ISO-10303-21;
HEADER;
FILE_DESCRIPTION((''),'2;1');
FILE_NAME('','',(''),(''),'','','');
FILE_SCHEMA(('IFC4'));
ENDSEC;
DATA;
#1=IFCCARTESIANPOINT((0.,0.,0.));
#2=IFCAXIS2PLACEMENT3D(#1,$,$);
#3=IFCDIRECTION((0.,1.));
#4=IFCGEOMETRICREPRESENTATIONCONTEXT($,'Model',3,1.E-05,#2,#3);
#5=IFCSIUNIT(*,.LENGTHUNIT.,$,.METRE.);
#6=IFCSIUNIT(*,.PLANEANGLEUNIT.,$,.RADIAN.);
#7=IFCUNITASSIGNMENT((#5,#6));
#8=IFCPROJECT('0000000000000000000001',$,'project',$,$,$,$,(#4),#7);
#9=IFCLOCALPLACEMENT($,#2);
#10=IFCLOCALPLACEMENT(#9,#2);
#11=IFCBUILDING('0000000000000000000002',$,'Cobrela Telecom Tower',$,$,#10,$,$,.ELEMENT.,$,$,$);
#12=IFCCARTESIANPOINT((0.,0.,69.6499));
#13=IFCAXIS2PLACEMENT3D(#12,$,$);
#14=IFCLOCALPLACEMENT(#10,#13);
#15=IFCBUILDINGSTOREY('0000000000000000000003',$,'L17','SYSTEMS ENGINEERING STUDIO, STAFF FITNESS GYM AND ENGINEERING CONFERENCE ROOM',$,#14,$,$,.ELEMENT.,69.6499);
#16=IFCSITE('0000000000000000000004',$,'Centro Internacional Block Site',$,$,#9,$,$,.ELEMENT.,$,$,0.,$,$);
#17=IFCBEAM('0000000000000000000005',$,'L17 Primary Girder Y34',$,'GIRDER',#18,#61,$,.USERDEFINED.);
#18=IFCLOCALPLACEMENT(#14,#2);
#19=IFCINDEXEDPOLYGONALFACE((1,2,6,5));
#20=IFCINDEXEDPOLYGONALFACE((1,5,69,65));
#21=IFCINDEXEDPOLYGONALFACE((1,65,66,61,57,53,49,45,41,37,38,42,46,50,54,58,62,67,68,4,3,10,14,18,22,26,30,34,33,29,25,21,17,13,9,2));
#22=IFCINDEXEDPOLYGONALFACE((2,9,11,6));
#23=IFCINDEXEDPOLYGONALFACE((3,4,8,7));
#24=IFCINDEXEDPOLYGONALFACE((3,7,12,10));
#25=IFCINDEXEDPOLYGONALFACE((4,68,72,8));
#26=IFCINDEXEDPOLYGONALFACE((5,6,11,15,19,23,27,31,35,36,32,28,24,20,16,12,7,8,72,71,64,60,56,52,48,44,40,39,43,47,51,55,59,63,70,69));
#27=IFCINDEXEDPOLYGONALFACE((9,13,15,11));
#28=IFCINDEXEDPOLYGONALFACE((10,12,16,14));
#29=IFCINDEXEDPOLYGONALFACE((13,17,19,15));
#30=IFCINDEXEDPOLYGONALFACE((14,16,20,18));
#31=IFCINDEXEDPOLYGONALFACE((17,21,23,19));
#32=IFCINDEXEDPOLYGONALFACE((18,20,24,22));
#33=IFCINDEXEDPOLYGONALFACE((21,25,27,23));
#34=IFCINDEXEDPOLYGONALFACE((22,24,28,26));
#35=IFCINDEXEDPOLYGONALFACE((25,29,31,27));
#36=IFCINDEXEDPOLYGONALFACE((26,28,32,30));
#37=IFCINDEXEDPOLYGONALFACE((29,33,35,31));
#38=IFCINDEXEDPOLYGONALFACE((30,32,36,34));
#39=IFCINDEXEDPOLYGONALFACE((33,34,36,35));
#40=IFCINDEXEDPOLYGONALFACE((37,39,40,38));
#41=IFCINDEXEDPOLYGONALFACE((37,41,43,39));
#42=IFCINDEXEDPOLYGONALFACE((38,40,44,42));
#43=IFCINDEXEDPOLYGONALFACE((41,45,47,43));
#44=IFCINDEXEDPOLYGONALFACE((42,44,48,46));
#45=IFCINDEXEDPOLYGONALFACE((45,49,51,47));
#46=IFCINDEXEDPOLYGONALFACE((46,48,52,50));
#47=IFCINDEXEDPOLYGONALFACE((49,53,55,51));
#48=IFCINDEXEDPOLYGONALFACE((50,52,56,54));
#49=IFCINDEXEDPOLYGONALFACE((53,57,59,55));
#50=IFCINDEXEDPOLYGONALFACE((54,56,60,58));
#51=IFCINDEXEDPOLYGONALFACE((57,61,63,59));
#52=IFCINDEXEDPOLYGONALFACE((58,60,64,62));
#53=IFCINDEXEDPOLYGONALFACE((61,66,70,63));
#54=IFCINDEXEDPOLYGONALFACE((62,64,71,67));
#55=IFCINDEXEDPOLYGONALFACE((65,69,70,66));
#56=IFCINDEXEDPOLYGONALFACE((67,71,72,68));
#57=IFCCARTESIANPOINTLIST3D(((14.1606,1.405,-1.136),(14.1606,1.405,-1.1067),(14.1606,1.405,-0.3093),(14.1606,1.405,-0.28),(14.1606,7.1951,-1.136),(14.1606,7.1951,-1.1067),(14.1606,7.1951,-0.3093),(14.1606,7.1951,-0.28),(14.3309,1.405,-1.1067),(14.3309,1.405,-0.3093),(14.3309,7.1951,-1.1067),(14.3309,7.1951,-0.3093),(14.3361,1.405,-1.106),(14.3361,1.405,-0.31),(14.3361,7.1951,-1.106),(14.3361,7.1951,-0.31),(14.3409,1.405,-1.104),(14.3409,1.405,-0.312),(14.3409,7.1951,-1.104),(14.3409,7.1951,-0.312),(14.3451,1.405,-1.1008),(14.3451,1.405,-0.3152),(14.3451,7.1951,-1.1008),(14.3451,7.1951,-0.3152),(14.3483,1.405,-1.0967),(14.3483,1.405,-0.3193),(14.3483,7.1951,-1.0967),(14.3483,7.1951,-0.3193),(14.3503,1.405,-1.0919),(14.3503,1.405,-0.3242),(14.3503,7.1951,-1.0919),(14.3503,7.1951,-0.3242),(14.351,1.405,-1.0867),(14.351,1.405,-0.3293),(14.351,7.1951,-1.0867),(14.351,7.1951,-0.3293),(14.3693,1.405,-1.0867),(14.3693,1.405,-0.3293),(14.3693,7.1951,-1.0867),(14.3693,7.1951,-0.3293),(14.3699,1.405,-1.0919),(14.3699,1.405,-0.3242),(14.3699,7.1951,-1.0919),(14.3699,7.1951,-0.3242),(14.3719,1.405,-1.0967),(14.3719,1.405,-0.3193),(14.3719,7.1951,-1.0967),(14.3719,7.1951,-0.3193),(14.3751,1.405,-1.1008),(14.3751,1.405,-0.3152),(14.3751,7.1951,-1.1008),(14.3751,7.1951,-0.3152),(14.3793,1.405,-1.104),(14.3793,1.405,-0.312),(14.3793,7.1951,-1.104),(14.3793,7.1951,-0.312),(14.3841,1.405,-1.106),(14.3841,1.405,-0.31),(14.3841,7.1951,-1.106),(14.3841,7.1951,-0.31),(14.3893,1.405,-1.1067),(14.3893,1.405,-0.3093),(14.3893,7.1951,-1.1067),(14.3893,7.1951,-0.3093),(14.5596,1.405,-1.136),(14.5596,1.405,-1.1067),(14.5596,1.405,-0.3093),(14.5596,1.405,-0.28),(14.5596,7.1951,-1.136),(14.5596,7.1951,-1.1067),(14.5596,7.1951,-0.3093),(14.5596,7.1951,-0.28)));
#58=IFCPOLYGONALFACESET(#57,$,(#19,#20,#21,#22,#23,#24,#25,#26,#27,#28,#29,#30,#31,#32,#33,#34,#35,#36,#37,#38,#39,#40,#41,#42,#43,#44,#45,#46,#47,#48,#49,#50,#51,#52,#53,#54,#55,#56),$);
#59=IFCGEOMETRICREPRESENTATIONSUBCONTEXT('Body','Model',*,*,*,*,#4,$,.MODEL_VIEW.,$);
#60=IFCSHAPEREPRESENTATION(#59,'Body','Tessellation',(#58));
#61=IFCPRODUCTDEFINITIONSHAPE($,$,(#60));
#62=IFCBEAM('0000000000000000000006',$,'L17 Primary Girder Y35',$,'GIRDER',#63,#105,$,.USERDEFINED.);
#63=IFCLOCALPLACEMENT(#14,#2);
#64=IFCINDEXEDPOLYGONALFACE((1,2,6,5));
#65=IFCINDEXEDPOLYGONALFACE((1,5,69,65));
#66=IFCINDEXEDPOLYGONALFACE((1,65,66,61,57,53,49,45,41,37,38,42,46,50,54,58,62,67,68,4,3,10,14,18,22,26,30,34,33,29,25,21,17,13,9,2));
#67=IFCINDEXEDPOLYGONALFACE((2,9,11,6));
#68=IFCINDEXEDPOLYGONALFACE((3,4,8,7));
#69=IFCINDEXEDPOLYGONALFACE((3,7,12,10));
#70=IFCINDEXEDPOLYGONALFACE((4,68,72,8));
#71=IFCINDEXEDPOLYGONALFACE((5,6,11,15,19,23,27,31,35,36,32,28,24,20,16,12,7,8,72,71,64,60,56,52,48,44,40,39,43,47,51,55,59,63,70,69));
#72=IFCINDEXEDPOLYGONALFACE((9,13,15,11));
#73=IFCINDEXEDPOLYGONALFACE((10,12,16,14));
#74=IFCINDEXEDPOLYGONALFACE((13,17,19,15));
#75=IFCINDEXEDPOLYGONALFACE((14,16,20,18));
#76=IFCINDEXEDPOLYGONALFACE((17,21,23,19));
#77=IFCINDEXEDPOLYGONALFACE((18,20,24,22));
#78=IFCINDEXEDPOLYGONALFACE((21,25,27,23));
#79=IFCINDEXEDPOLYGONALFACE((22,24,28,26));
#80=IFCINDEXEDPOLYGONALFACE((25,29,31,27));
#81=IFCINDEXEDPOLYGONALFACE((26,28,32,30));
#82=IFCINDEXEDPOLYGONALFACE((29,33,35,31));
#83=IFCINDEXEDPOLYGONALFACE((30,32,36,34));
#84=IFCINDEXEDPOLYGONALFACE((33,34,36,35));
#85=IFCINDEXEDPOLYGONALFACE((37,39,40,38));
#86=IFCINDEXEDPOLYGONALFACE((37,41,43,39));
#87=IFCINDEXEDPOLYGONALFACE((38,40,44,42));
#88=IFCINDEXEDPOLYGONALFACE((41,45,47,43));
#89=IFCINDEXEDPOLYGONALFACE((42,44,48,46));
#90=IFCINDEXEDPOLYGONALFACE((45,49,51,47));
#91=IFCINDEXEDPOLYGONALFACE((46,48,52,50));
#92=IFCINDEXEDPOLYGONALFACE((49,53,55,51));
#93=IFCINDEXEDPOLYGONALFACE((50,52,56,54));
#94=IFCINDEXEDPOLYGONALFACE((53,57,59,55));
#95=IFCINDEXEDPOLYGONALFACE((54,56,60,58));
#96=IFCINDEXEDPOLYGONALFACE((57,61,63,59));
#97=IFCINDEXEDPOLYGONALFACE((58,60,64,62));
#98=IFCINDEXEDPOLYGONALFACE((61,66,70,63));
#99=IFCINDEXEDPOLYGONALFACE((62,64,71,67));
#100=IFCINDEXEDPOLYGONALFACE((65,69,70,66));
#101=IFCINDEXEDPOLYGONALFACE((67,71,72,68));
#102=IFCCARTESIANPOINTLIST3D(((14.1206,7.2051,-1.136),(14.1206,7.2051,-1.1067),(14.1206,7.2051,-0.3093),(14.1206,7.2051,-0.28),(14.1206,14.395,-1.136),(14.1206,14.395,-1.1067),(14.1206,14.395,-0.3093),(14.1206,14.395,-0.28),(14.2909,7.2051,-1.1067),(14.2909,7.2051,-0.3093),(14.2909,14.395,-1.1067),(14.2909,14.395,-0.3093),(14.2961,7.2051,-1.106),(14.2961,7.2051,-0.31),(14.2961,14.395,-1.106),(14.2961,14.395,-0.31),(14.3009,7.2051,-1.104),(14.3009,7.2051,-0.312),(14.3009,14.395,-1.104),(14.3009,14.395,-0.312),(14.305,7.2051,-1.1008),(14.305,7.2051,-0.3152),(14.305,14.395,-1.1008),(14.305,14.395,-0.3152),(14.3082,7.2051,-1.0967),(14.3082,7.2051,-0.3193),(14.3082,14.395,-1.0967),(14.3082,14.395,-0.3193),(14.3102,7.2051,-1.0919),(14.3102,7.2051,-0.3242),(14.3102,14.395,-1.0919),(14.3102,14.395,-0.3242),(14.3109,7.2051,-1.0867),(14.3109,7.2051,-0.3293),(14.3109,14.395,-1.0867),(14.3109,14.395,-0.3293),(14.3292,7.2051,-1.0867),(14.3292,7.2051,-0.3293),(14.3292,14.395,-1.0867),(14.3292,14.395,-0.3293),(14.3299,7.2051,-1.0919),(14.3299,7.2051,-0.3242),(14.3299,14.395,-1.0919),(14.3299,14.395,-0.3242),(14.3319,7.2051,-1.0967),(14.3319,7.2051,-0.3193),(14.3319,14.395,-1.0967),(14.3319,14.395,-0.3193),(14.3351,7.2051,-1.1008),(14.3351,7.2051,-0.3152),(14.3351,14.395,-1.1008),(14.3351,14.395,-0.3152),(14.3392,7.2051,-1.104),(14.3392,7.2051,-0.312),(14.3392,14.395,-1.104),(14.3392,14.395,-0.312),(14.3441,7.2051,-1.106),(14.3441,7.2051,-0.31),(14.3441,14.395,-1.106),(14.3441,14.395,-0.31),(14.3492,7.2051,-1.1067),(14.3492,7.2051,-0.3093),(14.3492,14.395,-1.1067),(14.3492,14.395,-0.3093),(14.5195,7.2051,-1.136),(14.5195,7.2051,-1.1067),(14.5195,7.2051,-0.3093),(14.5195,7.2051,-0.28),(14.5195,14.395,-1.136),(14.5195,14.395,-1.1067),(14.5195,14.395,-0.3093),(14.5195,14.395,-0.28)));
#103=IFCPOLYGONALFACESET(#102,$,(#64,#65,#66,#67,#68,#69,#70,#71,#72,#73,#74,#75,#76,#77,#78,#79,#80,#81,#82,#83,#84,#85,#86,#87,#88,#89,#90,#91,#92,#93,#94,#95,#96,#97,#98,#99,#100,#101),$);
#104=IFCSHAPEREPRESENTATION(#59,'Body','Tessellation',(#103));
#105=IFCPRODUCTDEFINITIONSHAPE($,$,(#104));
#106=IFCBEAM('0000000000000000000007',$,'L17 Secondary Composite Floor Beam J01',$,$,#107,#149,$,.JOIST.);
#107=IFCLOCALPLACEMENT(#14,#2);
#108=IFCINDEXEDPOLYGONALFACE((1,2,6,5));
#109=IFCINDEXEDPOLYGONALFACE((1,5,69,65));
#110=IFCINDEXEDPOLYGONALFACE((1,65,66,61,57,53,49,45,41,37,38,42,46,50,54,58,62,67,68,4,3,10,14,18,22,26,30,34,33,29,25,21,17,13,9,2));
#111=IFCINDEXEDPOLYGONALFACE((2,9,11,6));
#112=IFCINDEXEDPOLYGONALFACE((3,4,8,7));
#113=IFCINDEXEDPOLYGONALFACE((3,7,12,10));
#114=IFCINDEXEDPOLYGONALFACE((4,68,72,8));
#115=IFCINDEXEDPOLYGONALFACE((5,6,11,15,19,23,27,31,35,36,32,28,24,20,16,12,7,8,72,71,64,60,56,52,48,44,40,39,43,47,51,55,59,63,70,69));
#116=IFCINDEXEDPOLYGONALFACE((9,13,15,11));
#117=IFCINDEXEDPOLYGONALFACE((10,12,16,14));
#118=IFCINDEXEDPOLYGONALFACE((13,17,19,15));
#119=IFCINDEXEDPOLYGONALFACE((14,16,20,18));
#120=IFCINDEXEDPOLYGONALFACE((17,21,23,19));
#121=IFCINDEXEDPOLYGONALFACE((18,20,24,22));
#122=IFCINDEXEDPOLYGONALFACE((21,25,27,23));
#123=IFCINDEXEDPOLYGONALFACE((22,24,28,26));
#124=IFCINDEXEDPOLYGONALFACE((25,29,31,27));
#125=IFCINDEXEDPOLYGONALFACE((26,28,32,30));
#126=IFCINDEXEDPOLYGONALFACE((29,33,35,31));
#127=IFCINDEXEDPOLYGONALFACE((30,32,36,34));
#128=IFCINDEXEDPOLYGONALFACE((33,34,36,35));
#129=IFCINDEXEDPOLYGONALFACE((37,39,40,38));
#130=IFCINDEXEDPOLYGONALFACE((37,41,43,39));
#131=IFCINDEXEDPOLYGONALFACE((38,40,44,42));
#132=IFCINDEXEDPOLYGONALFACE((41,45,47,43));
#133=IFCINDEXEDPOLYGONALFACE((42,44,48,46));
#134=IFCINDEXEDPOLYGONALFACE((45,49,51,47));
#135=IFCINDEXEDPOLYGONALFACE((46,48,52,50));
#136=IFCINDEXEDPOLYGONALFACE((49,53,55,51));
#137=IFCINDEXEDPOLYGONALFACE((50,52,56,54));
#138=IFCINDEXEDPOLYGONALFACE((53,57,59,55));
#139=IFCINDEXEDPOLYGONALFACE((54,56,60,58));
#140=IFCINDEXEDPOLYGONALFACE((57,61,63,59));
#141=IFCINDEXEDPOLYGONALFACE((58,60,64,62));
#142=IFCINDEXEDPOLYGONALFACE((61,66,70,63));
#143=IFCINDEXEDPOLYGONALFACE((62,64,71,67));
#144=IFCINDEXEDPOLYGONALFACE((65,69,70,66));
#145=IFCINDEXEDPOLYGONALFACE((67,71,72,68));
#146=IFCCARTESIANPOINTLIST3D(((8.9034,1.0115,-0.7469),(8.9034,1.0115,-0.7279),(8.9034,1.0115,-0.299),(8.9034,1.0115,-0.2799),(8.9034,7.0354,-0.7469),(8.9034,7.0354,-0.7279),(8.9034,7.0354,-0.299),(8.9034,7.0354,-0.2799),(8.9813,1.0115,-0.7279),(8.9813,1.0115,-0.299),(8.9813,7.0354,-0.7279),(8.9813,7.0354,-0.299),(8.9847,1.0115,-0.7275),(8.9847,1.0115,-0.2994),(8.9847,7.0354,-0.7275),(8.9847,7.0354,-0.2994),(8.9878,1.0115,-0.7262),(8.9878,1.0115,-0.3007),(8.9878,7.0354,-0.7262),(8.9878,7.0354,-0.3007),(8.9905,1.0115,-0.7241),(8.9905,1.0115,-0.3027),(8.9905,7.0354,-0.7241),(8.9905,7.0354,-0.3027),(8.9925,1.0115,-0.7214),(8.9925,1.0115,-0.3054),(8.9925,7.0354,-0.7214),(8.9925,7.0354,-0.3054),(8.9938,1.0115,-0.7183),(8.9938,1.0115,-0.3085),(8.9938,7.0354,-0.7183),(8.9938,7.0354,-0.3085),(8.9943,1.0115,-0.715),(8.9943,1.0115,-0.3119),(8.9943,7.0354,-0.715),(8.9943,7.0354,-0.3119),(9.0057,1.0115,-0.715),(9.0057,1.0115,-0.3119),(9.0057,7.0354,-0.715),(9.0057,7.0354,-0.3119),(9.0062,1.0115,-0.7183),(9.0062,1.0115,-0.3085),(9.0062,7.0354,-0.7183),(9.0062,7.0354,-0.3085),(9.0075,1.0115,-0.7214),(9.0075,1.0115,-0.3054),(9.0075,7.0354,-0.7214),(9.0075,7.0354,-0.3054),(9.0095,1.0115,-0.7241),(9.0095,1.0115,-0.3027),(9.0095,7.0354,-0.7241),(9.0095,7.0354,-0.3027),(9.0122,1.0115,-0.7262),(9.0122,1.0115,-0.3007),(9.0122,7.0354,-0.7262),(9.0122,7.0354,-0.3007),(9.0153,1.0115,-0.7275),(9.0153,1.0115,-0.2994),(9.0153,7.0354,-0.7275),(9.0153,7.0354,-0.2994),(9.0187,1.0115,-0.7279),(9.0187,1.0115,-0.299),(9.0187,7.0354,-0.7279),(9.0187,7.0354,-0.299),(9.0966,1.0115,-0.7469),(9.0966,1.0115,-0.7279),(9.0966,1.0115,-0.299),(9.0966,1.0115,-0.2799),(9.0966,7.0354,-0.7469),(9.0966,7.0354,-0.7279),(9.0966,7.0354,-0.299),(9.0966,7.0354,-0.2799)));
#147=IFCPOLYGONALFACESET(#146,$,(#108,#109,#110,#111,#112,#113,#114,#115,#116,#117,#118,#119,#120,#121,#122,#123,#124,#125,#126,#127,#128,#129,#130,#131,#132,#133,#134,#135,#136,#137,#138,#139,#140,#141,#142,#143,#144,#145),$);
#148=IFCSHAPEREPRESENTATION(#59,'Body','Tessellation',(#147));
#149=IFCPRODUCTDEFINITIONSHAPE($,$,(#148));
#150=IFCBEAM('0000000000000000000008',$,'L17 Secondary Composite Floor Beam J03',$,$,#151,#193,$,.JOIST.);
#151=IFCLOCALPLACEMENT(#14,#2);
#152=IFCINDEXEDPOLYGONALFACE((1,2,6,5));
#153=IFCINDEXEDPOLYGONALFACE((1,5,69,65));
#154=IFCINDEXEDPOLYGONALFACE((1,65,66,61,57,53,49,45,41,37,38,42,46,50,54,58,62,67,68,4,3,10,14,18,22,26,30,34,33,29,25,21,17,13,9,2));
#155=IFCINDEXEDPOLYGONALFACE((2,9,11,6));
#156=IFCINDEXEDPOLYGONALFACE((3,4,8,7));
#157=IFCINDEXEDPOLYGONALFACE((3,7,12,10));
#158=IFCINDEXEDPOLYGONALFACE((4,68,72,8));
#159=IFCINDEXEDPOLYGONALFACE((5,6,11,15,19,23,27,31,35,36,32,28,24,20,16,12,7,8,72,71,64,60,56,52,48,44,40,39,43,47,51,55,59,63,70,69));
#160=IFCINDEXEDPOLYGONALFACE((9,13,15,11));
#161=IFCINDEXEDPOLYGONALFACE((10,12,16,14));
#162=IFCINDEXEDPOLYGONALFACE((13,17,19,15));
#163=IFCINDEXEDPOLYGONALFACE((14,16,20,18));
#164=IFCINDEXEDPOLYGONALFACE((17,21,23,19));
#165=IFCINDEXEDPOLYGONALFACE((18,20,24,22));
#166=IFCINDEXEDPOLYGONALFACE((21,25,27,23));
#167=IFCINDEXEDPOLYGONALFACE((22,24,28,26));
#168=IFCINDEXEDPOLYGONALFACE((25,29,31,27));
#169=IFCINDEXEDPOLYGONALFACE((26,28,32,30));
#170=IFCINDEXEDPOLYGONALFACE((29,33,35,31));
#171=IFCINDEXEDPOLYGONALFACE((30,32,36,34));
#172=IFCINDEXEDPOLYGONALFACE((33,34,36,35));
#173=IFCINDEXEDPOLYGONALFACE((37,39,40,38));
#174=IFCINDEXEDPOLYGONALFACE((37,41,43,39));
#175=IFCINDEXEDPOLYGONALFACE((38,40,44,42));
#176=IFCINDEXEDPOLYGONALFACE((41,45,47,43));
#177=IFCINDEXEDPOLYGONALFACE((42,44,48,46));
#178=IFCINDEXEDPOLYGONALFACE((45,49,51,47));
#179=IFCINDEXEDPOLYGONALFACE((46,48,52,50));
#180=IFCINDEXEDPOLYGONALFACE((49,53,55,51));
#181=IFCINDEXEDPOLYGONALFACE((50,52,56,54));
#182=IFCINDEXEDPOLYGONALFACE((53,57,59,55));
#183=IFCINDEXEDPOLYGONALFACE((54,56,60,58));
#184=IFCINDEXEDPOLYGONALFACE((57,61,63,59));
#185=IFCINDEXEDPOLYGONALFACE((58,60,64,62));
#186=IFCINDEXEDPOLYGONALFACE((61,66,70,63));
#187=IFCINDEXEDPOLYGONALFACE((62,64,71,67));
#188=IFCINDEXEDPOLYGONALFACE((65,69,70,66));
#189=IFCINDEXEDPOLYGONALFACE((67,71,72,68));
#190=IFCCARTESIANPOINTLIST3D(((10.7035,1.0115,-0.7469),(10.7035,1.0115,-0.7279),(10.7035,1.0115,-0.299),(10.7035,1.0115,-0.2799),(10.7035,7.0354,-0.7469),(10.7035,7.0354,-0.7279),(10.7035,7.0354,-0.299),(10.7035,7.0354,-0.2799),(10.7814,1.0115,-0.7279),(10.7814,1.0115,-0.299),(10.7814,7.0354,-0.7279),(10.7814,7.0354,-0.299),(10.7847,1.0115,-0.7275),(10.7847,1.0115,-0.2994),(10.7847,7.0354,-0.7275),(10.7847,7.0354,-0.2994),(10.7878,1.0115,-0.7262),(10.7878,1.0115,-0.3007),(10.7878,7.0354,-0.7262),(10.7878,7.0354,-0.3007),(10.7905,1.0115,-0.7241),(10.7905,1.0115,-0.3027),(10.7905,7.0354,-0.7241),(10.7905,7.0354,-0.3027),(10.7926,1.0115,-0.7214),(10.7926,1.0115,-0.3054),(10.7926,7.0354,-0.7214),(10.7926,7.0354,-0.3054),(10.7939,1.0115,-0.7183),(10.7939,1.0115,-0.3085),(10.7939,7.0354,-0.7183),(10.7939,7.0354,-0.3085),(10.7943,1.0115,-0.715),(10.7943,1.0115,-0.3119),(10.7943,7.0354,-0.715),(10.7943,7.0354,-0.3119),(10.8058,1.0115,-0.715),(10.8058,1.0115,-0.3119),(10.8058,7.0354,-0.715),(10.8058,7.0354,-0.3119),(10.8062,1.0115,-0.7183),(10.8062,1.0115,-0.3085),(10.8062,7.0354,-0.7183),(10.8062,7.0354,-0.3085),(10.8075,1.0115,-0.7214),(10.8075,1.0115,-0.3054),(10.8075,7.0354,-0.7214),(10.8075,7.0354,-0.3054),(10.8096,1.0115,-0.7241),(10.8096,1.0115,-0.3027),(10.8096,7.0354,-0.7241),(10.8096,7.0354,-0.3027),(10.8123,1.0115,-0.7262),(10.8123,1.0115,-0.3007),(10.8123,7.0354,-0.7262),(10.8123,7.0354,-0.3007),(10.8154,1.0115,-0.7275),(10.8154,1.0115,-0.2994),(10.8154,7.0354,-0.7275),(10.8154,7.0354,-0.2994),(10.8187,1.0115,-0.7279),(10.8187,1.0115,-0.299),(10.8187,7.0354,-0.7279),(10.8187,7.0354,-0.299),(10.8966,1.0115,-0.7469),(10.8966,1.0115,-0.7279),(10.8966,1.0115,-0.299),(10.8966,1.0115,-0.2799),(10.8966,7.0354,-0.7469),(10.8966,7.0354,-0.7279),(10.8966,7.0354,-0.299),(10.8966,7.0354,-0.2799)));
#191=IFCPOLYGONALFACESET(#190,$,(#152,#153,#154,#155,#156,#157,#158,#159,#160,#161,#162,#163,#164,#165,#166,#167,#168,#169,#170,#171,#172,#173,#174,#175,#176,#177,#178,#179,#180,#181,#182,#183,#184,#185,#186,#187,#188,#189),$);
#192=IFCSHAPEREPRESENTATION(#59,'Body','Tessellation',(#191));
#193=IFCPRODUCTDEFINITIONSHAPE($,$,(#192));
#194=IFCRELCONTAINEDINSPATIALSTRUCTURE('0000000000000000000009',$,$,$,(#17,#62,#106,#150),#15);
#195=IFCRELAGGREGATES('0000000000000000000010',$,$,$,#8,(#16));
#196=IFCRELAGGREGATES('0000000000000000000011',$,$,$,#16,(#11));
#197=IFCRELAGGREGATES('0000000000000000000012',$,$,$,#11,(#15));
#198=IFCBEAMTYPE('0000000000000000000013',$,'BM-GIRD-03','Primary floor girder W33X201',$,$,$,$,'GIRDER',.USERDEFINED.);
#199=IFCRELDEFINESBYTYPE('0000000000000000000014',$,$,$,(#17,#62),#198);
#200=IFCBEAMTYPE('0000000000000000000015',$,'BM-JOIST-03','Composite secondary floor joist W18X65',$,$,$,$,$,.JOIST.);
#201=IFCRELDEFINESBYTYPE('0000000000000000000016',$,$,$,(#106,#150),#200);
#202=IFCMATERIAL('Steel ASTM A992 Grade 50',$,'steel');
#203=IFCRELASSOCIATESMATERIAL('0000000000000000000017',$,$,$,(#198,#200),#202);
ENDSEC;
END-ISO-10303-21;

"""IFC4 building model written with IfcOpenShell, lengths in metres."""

from ifc_helpers import new_model, si_unit, direction, frame, origin, origin_2d, place, context, subcontext, project, spatial, i_section, extrude, material, material_profile, profile_set, type_object, element, save


model = new_model("IFC4")

# Units and contexts
model_context = context("Model", 3, precision=1e-05, world=origin(), true_north=direction((0.0, 1.0)))
body_context = subcontext(model_context, "Body", "Model", "MODEL_VIEW")
ifc_project = project(units=[si_unit("LENGTHUNIT", "METRE"), si_unit("PLANEANGLEUNIT", "RADIAN")], contexts=[model_context])

# Site, building, storey
site_placement = place(None, origin())
site = spatial("IfcSite", under=ifc_project, at=site_placement, Name="Centro Internacional Block Site", CompositionType="ELEMENT", RefElevation=0.0)
building_placement = place(site_placement, origin())
building = spatial("IfcBuilding", under=site, at=building_placement, Name="Cobrela Telecom Tower", CompositionType="ELEMENT")
storey_placement = place(building_placement, frame((0.0, 0.0, 69.6499)))
storey = spatial("IfcBuildingStorey", under=building, at=storey_placement, Name="L17", Description="SYSTEMS ENGINEERING STUDIO, STAFF FITNESS GYM AND ENGINEERING CONFERENCE ROOM", CompositionType="ELEMENT", Elevation=69.6499)

# Beams
ifc_material_1 = material(Name="Steel ASTM A992 Grade 50", Category="steel")
ifc_material_profile_1 = material_profile(ifc_material_1, i_section(OverallWidth=0.3989, OverallDepth=0.856, WebThickness=0.0183, FlangeThickness=0.0293, FilletRadius=0.02, at=origin_2d()), Name="W33X201")
ifc_profile_set_1 = profile_set([ifc_material_profile_1], Name="Steel ASTM A992 Grade 50")
beam_type_1 = type_object("IfcBeamType", Name="BM-GIRD-03", Description="Primary floor girder W33X201", ElementType="GIRDER", PredefinedType="USERDEFINED", material=ifc_profile_set_1)
beam_1_placement = place(storey_placement, frame((14.3601, 1.405, -0.708), z_axis=(0.0, 1.0, 0.0), x_axis=(-1.0, 0.0, 0.0)))
element("IfcBeam", 1, at=beam_1_placement, inside=storey, type_object=beam_type_1, Name="L17 Primary Girder Y34", ObjectType="GIRDER", PredefinedType="USERDEFINED", context=body_context, shape_type="SweptSolid", body=[
    extrude(i_section(OverallWidth=0.3989, OverallDepth=0.856, WebThickness=0.0183, FlangeThickness=0.0293, FilletRadius=0.02, at=origin_2d()), origin(), (0.0, 0.0, 1.0), 5.79),
])
beam_2_placement = place(storey_placement, frame((14.3201, 7.2051, -0.708), z_axis=(0.0, 1.0, 0.0), x_axis=(-1.0, 0.0, 0.0)))
element("IfcBeam", 2, at=beam_2_placement, inside=storey, type_object=beam_type_1, Name="L17 Primary Girder Y35", ObjectType="GIRDER", PredefinedType="USERDEFINED", context=body_context, shape_type="SweptSolid", body=[
    extrude(i_section(OverallWidth=0.3989, OverallDepth=0.856, WebThickness=0.0183, FlangeThickness=0.0293, FilletRadius=0.02, at=origin_2d()), origin(), (0.0, 0.0, 1.0), 7.1899),
])
ifc_material_profile_2 = material_profile(ifc_material_1, i_section(OverallWidth=0.1931, OverallDepth=0.467, WebThickness=0.0115, FlangeThickness=0.019, FilletRadius=0.0129, at=origin_2d()), Name="W18X65")
ifc_profile_set_2 = profile_set([ifc_material_profile_2], Name="Steel ASTM A992 Grade 50")
beam_type_2 = type_object("IfcBeamType", Name="BM-JOIST-03", Description="Composite secondary floor joist W18X65", PredefinedType="JOIST", material=ifc_profile_set_2)
for number, where, z_axis, x_axis, name in (
    (3, (9.0, 1.0115, -0.5134), (0.0, 1.0, 0.0), (-1.0, 0.0, 0.0), "L17 Secondary Composite Floor Beam J01"),
    (4, (10.8, 1.0115, -0.5134), (0.0, 1.0, 0.0), (-1.0, 0.0, 0.0), "L17 Secondary Composite Floor Beam J03"),
):
    element("IfcBeam", number, at=place(storey_placement, frame(where, z_axis=z_axis, x_axis=x_axis)), inside=storey, type_object=beam_type_2, Name=name, PredefinedType="JOIST", context=body_context, shape_type="SweptSolid", body=[
        extrude(i_section(OverallWidth=0.1931, OverallDepth=0.467, WebThickness=0.0115, FlangeThickness=0.019, FilletRadius=0.0129, at=origin_2d()), origin(), (0.0, 0.0, 1.0), 6.0239),
    ])

save(model, "model.ifc")
